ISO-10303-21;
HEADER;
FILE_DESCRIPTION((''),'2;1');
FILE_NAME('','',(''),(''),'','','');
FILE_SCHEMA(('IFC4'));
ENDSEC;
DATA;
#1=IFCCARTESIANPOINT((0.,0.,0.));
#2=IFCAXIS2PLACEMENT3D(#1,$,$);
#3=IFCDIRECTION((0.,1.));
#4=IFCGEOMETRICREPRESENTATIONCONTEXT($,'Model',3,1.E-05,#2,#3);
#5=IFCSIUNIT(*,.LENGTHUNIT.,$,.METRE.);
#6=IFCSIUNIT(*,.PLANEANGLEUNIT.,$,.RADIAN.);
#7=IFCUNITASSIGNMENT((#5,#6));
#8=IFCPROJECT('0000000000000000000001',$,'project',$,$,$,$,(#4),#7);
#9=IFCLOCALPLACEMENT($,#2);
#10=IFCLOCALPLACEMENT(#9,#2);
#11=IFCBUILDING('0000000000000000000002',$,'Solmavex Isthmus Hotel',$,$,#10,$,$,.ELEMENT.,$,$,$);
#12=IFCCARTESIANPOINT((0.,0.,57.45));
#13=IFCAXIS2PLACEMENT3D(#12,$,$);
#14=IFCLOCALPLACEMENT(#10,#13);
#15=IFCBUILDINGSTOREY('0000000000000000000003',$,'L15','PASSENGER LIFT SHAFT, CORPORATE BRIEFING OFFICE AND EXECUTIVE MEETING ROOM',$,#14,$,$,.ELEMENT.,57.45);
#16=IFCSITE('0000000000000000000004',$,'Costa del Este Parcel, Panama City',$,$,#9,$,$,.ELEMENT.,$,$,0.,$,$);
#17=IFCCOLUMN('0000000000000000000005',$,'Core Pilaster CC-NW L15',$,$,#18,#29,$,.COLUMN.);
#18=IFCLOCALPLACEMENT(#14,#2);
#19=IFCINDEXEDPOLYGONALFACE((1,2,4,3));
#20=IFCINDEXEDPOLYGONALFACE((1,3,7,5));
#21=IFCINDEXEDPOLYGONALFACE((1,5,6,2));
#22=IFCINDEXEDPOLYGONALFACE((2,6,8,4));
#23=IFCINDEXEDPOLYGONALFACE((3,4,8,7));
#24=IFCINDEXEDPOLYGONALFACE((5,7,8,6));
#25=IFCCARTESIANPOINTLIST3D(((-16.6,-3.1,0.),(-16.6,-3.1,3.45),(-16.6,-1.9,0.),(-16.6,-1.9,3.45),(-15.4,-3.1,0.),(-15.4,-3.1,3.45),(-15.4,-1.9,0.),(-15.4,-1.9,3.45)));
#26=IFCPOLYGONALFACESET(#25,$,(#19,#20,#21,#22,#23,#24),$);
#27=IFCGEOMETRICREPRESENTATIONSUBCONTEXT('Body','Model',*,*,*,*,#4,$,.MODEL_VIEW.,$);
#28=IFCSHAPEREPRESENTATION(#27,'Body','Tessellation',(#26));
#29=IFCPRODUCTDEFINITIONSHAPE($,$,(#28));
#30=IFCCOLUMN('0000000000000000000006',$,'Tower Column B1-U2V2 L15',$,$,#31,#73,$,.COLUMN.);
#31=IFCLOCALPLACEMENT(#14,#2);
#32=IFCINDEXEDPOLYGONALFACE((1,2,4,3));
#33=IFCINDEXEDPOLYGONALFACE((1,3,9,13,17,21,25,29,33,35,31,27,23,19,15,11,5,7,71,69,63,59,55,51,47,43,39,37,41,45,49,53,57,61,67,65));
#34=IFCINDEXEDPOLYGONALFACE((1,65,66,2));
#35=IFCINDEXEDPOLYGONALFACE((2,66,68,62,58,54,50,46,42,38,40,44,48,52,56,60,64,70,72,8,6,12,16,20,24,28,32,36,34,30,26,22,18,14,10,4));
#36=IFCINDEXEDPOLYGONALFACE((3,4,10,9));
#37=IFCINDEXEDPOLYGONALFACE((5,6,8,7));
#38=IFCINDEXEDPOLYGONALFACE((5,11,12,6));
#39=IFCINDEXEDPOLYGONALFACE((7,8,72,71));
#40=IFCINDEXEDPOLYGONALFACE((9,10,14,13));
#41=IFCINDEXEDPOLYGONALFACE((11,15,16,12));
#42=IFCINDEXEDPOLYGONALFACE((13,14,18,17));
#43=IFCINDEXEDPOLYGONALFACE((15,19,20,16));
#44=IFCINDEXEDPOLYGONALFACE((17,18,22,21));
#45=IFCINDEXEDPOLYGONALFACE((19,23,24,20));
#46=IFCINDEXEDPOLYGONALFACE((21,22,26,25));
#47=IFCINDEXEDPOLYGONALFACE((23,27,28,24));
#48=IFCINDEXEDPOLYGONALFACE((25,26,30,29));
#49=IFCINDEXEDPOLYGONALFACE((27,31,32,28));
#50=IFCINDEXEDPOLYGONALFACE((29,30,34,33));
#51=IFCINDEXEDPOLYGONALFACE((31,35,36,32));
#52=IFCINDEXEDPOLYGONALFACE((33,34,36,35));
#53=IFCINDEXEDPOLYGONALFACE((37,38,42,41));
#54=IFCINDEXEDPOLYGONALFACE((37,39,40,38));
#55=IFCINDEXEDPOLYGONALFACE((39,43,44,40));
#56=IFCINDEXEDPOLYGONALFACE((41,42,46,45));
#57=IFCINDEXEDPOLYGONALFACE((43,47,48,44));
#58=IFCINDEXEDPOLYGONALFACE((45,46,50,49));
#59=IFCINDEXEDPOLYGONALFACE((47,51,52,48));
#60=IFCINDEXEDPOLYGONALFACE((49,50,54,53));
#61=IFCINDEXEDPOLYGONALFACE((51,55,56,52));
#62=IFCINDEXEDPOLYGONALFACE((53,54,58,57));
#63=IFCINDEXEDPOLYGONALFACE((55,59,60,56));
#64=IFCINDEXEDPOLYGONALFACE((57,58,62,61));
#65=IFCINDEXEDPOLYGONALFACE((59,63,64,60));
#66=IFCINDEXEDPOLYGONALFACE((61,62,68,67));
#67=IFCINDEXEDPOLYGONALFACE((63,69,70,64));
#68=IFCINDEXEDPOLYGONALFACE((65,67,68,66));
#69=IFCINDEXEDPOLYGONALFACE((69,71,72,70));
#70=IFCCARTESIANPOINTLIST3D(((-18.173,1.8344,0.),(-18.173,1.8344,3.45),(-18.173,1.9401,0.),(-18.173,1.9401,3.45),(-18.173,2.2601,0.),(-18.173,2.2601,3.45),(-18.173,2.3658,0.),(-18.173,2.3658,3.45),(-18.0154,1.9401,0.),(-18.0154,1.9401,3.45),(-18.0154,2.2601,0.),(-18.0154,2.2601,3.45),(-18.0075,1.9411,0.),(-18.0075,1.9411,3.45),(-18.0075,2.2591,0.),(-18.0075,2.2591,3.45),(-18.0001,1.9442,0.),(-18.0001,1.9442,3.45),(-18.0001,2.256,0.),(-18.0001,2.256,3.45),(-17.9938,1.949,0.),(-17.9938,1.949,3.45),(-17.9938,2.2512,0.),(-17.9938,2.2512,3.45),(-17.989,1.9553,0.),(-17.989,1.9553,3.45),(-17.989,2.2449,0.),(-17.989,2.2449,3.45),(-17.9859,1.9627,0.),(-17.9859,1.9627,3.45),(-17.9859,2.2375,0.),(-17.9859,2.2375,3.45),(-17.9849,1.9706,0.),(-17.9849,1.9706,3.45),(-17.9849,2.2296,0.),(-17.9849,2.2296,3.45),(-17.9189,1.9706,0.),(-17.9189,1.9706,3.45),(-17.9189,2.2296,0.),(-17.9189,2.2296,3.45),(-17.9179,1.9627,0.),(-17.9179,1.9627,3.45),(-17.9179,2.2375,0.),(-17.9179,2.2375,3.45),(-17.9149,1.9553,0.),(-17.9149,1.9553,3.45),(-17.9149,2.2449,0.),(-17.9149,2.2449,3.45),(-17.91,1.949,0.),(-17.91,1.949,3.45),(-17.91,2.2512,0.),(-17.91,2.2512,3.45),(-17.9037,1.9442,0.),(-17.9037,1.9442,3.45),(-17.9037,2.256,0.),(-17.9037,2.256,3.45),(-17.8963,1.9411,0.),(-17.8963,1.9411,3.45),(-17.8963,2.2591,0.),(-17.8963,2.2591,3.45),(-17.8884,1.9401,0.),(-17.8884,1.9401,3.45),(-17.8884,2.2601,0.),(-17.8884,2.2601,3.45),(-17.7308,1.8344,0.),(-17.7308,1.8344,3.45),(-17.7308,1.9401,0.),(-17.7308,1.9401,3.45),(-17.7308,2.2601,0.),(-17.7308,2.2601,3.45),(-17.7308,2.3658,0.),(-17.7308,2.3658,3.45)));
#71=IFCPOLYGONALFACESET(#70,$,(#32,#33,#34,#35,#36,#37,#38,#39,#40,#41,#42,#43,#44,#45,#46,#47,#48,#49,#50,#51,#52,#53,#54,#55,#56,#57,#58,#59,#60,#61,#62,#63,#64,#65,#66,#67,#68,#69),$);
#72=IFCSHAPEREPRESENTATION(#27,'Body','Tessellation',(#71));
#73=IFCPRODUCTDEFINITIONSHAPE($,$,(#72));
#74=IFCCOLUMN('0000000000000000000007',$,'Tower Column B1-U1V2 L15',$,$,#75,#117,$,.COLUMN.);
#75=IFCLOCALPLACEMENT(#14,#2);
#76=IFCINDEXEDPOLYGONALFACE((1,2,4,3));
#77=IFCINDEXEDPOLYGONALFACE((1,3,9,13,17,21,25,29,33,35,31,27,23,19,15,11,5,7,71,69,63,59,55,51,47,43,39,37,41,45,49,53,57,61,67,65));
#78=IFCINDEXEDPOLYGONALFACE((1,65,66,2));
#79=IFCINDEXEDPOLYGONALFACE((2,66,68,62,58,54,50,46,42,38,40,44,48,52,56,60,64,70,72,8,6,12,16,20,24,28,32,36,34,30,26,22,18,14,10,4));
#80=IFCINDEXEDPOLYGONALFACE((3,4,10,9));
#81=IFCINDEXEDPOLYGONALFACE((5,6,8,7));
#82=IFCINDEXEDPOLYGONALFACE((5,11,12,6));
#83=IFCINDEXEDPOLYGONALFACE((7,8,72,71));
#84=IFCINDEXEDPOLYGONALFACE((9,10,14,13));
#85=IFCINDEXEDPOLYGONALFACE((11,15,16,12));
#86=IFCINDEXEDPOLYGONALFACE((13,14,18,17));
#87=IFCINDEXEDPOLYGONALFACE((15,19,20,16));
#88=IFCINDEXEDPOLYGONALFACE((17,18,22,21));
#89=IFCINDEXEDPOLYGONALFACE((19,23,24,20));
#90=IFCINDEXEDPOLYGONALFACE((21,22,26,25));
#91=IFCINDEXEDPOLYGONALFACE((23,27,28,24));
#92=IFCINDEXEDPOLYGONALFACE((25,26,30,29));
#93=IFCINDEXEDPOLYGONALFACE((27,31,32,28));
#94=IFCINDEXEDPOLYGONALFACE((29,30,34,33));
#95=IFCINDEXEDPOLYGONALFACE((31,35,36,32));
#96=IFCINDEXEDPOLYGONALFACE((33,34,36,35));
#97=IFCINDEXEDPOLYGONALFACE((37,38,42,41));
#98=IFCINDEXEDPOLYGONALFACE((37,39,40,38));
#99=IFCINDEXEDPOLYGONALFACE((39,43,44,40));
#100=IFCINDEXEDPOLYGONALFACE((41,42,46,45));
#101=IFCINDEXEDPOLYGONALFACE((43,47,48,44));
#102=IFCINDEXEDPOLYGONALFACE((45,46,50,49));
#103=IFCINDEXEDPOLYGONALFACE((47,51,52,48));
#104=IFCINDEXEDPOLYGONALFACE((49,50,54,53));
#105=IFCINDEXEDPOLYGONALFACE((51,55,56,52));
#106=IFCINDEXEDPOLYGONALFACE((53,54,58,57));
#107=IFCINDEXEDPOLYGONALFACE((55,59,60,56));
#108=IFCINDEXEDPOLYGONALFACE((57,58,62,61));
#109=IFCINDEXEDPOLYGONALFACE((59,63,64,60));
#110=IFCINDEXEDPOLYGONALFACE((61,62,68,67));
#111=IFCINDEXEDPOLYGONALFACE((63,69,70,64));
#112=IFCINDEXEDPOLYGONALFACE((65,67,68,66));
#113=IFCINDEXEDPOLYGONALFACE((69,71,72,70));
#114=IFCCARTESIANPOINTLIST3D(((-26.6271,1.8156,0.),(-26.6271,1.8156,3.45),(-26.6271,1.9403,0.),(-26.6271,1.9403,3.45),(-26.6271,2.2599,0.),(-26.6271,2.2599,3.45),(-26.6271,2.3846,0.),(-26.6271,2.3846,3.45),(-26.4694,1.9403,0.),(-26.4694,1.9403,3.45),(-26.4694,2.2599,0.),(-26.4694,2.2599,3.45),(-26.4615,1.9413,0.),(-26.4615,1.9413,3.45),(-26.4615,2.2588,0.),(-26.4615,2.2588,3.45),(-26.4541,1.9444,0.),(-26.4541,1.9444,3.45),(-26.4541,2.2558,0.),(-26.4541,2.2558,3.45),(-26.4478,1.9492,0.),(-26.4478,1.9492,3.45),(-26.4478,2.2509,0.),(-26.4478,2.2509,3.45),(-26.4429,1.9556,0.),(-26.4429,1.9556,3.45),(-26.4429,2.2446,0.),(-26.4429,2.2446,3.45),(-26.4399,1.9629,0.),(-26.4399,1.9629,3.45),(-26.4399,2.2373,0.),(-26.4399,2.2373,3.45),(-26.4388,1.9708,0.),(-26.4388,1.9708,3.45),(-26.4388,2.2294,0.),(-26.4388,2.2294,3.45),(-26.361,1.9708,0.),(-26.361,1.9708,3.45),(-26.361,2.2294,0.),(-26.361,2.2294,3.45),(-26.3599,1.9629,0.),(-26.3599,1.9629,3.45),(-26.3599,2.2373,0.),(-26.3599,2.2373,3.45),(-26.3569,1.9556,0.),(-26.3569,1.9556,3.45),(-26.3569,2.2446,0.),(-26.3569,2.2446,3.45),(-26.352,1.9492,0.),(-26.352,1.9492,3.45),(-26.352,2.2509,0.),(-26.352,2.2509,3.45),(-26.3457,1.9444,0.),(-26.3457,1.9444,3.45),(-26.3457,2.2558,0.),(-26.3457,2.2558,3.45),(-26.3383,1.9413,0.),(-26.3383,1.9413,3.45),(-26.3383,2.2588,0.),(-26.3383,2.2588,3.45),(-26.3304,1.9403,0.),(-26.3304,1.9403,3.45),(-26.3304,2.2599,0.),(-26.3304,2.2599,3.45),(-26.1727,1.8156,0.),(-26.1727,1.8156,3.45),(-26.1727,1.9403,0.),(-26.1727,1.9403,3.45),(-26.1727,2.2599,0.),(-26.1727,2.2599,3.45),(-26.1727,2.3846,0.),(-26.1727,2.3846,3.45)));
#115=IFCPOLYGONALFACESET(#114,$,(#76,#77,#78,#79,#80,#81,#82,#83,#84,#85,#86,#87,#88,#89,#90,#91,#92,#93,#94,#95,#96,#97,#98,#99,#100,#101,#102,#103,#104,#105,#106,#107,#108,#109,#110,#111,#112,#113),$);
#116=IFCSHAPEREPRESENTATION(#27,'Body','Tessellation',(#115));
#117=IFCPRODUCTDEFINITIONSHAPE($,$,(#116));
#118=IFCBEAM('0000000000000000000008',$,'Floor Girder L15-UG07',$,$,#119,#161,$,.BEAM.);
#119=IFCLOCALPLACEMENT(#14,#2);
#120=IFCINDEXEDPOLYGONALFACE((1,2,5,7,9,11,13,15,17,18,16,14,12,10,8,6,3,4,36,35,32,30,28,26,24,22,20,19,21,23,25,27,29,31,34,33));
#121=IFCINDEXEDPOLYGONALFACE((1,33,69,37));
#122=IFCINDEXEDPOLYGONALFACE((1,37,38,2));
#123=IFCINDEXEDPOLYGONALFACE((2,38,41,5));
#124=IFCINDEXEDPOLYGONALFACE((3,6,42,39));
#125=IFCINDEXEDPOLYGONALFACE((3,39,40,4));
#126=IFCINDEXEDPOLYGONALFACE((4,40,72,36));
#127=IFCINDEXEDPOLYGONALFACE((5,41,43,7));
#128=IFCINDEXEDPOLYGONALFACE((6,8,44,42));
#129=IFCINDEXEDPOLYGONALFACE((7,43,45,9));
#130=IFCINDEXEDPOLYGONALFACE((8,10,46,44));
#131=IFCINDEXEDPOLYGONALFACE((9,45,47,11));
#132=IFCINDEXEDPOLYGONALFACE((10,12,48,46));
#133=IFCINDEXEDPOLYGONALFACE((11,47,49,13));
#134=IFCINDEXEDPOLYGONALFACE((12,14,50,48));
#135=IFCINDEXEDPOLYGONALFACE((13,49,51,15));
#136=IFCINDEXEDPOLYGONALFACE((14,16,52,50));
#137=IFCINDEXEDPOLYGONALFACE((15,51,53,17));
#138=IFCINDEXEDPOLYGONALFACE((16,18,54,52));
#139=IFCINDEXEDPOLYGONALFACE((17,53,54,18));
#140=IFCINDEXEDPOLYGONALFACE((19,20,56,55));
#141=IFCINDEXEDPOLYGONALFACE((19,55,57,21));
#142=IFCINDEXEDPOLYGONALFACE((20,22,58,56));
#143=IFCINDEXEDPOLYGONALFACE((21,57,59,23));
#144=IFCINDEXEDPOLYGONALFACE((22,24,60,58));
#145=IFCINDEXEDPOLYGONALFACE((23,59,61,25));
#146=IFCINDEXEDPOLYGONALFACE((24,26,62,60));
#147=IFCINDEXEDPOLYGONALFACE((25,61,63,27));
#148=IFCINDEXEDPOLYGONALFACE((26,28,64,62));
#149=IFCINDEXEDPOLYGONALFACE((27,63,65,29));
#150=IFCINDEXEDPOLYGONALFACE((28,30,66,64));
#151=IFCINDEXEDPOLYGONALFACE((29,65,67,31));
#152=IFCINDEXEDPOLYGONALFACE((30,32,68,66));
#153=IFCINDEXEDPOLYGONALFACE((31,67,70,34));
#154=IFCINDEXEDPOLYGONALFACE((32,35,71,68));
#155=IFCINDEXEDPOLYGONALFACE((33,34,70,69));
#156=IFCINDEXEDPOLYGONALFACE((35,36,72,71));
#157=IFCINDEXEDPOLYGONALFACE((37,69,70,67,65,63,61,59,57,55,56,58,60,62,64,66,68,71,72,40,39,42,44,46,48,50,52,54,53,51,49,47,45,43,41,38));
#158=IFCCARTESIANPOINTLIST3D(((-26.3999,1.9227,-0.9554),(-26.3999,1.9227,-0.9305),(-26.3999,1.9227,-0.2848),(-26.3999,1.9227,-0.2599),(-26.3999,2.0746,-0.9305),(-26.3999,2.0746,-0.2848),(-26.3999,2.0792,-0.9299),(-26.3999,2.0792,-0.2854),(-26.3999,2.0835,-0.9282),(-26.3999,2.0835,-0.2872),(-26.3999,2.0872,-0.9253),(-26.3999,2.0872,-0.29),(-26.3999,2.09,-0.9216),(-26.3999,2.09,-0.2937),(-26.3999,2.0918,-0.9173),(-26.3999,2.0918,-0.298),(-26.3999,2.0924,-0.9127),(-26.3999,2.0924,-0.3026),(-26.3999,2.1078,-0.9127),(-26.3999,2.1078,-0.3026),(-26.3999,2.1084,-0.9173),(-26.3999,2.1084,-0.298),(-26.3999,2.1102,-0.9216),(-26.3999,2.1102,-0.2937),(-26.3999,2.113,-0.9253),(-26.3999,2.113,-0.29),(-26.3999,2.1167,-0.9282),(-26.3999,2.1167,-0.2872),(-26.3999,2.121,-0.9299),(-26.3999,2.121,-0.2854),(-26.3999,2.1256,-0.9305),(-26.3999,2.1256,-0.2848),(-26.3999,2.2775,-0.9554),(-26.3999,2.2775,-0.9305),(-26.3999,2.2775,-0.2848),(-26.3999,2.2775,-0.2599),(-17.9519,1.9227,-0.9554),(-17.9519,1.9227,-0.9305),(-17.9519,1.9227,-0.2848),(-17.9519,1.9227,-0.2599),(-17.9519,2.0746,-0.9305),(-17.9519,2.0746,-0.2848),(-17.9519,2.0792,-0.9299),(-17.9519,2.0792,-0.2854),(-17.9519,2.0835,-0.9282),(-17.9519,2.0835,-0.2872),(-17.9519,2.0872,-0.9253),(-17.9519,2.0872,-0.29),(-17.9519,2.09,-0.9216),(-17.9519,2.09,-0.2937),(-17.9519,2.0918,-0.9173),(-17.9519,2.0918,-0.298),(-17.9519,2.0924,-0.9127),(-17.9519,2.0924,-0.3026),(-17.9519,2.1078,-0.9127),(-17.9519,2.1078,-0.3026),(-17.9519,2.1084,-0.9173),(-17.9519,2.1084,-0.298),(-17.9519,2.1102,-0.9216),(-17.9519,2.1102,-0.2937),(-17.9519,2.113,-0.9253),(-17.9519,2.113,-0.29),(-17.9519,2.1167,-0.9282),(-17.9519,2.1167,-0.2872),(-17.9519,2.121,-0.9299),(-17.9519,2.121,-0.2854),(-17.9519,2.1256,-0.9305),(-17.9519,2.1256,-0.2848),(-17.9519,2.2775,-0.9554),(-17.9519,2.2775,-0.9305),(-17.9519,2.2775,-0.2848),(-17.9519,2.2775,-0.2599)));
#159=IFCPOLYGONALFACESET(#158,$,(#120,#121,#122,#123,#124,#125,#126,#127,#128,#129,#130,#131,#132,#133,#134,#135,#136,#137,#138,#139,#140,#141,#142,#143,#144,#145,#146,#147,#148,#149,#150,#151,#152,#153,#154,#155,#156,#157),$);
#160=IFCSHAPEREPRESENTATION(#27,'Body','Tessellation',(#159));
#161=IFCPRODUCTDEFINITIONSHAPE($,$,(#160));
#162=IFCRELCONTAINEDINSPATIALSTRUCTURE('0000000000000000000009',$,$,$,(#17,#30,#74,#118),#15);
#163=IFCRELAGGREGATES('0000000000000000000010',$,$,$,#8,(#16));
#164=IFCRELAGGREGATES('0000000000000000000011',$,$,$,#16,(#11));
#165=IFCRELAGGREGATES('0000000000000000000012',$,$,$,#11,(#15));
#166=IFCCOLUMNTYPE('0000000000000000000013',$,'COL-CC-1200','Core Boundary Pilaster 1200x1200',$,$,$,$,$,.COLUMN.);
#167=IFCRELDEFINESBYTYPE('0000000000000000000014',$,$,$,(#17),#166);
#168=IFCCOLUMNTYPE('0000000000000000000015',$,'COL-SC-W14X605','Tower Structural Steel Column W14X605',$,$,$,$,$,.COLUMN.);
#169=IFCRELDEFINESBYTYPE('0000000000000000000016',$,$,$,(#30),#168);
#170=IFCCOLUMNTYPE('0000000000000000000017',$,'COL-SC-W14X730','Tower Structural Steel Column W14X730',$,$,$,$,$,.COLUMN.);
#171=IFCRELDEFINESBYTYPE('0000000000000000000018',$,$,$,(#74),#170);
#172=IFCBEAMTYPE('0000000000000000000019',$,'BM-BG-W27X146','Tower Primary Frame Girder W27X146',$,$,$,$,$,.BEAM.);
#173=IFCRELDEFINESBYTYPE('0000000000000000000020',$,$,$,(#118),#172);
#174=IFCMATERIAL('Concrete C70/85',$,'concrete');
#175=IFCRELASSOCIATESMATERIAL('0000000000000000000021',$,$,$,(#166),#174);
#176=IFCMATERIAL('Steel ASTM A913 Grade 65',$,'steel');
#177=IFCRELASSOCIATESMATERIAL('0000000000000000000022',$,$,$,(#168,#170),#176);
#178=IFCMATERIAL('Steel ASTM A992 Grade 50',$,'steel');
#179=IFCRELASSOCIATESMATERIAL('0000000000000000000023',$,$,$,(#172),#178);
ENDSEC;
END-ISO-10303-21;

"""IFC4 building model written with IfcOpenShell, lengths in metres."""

from ifc_helpers import new_model, si_unit, direction, frame, origin, origin_2d, place, context, subcontext, project, spatial, rectangle, i_section, extrude, material, material_profile, profile_set, type_object, element, save


model = new_model("IFC4")

# Units and contexts
model_context = context("Model", 3, precision=1e-05, world=origin(), true_north=direction((0.0, 1.0)))
body_context = subcontext(model_context, "Body", "Model", "MODEL_VIEW")
ifc_project = project(units=[si_unit("LENGTHUNIT", "METRE"), si_unit("PLANEANGLEUNIT", "RADIAN")], contexts=[model_context])

# Site, building, storey
site_placement = place(None, origin())
site = spatial("IfcSite", under=ifc_project, at=site_placement, Name="Costa del Este Parcel, Panama City", CompositionType="ELEMENT", RefElevation=0.0)
building_placement = place(site_placement, origin())
building = spatial("IfcBuilding", under=site, at=building_placement, Name="Solmavex Isthmus Hotel", CompositionType="ELEMENT")
storey_placement = place(building_placement, frame((0.0, 0.0, 57.45)))
storey = spatial("IfcBuildingStorey", under=building, at=storey_placement, Name="L15", Description="PASSENGER LIFT SHAFT, CORPORATE BRIEFING OFFICE AND EXECUTIVE MEETING ROOM", CompositionType="ELEMENT", Elevation=57.45)

# Columns
ifc_material_1 = material(Name="Concrete C70/85", Category="concrete")
ifc_material_profile_1 = material_profile(ifc_material_1, rectangle(XDim=1.2, YDim=1.2, at=origin_2d()), Name="RC1200X1200")
ifc_profile_set_1 = profile_set([ifc_material_profile_1], Name="Concrete C70/85")
column_type_1 = type_object("IfcColumnType", Name="COL-CC-1200", Description="Core Boundary Pilaster 1200x1200", PredefinedType="COLUMN", material=ifc_profile_set_1)
column_1_placement = place(storey_placement, frame((-16.0, -2.5, 0.0), z_axis=(0.0, 0.0, 1.0), x_axis=(1.0, 0.0, 0.0)))
element("IfcColumn", 1, at=column_1_placement, inside=storey, type_object=column_type_1, Name="Core Pilaster CC-NW L15", PredefinedType="COLUMN", context=body_context, shape_type="SweptSolid", body=[
    extrude(rectangle(XDim=1.2, YDim=1.2, at=origin_2d()), origin(), (0.0, 0.0, 1.0), 3.45),
])
ifc_material_2 = material(Name="Steel ASTM A913 Grade 65", Category="steel")
ifc_material_profile_2 = material_profile(ifc_material_2, i_section(OverallWidth=0.4421, OverallDepth=0.5315, WebThickness=0.0659, FlangeThickness=0.1057, FilletRadius=0.0305, at=origin_2d()), Name="W14X605")
ifc_profile_set_2 = profile_set([ifc_material_profile_2], Name="Steel ASTM A913 Grade 65")
column_type_2 = type_object("IfcColumnType", Name="COL-SC-W14X605", Description="Tower Structural Steel Column W14X605", PredefinedType="COLUMN", material=ifc_profile_set_2)
column_2_placement = place(storey_placement, frame((-17.9519, 2.1001, 0.0), z_axis=(0.0, 0.0, 1.0), x_axis=(1.0, 0.0, 0.0)))
element("IfcColumn", 2, at=column_2_placement, inside=storey, type_object=column_type_2, Name="Tower Column B1-U2V2 L15", PredefinedType="COLUMN", context=body_context, shape_type="SweptSolid", body=[
    extrude(i_section(OverallWidth=0.4421, OverallDepth=0.5315, WebThickness=0.0659, FlangeThickness=0.1057, FilletRadius=0.0305, at=origin_2d()), origin(), (0.0, 0.0, 1.0), 3.45),
])
ifc_material_profile_3 = material_profile(ifc_material_2, i_section(OverallWidth=0.4543, OverallDepth=0.5691, WebThickness=0.0779, FlangeThickness=0.1248, FilletRadius=0.0305, at=origin_2d()), Name="W14X730")
ifc_profile_set_3 = profile_set([ifc_material_profile_3], Name="Steel ASTM A913 Grade 65")
column_type_3 = type_object("IfcColumnType", Name="COL-SC-W14X730", Description="Tower Structural Steel Column W14X730", PredefinedType="COLUMN", material=ifc_profile_set_3)
column_3_placement = place(storey_placement, frame((-26.3999, 2.1001, 0.0), z_axis=(0.0, 0.0, 1.0), x_axis=(1.0, 0.0, 0.0)))
element("IfcColumn", 3, at=column_3_placement, inside=storey, type_object=column_type_3, Name="Tower Column B1-U1V2 L15", PredefinedType="COLUMN", context=body_context, shape_type="SweptSolid", body=[
    extrude(i_section(OverallWidth=0.4543, OverallDepth=0.5691, WebThickness=0.0779, FlangeThickness=0.1248, FilletRadius=0.0305, at=origin_2d()), origin(), (0.0, 0.0, 1.0), 3.45),
])

# Beam
ifc_material_3 = material(Name="Steel ASTM A992 Grade 50", Category="steel")
ifc_material_profile_4 = material_profile(ifc_material_3, i_section(OverallWidth=0.3547, OverallDepth=0.6956, WebThickness=0.0154, FlangeThickness=0.0249, FilletRadius=0.0178, at=origin_2d()), Name="W27X146")
ifc_profile_set_4 = profile_set([ifc_material_profile_4], Name="Steel ASTM A992 Grade 50")
beam_type_1 = type_object("IfcBeamType", Name="BM-BG-W27X146", Description="Tower Primary Frame Girder W27X146", PredefinedType="BEAM", material=ifc_profile_set_4)
beam_1_placement = place(storey_placement, frame((-26.3999, 2.1001, -0.6077), z_axis=(1.0, 0.0, 0.0), x_axis=(0.0, 1.0, 0.0)))
element("IfcBeam", 4, at=beam_1_placement, inside=storey, type_object=beam_type_1, Name="Floor Girder L15-UG07", PredefinedType="BEAM", context=body_context, shape_type="SweptSolid", body=[
    extrude(i_section(OverallWidth=0.3547, OverallDepth=0.6956, WebThickness=0.0154, FlangeThickness=0.0249, FilletRadius=0.0178, at=origin_2d()), origin(), (0.0, 0.0, 1.0), 8.448),
])

save(model, "model.ifc")
